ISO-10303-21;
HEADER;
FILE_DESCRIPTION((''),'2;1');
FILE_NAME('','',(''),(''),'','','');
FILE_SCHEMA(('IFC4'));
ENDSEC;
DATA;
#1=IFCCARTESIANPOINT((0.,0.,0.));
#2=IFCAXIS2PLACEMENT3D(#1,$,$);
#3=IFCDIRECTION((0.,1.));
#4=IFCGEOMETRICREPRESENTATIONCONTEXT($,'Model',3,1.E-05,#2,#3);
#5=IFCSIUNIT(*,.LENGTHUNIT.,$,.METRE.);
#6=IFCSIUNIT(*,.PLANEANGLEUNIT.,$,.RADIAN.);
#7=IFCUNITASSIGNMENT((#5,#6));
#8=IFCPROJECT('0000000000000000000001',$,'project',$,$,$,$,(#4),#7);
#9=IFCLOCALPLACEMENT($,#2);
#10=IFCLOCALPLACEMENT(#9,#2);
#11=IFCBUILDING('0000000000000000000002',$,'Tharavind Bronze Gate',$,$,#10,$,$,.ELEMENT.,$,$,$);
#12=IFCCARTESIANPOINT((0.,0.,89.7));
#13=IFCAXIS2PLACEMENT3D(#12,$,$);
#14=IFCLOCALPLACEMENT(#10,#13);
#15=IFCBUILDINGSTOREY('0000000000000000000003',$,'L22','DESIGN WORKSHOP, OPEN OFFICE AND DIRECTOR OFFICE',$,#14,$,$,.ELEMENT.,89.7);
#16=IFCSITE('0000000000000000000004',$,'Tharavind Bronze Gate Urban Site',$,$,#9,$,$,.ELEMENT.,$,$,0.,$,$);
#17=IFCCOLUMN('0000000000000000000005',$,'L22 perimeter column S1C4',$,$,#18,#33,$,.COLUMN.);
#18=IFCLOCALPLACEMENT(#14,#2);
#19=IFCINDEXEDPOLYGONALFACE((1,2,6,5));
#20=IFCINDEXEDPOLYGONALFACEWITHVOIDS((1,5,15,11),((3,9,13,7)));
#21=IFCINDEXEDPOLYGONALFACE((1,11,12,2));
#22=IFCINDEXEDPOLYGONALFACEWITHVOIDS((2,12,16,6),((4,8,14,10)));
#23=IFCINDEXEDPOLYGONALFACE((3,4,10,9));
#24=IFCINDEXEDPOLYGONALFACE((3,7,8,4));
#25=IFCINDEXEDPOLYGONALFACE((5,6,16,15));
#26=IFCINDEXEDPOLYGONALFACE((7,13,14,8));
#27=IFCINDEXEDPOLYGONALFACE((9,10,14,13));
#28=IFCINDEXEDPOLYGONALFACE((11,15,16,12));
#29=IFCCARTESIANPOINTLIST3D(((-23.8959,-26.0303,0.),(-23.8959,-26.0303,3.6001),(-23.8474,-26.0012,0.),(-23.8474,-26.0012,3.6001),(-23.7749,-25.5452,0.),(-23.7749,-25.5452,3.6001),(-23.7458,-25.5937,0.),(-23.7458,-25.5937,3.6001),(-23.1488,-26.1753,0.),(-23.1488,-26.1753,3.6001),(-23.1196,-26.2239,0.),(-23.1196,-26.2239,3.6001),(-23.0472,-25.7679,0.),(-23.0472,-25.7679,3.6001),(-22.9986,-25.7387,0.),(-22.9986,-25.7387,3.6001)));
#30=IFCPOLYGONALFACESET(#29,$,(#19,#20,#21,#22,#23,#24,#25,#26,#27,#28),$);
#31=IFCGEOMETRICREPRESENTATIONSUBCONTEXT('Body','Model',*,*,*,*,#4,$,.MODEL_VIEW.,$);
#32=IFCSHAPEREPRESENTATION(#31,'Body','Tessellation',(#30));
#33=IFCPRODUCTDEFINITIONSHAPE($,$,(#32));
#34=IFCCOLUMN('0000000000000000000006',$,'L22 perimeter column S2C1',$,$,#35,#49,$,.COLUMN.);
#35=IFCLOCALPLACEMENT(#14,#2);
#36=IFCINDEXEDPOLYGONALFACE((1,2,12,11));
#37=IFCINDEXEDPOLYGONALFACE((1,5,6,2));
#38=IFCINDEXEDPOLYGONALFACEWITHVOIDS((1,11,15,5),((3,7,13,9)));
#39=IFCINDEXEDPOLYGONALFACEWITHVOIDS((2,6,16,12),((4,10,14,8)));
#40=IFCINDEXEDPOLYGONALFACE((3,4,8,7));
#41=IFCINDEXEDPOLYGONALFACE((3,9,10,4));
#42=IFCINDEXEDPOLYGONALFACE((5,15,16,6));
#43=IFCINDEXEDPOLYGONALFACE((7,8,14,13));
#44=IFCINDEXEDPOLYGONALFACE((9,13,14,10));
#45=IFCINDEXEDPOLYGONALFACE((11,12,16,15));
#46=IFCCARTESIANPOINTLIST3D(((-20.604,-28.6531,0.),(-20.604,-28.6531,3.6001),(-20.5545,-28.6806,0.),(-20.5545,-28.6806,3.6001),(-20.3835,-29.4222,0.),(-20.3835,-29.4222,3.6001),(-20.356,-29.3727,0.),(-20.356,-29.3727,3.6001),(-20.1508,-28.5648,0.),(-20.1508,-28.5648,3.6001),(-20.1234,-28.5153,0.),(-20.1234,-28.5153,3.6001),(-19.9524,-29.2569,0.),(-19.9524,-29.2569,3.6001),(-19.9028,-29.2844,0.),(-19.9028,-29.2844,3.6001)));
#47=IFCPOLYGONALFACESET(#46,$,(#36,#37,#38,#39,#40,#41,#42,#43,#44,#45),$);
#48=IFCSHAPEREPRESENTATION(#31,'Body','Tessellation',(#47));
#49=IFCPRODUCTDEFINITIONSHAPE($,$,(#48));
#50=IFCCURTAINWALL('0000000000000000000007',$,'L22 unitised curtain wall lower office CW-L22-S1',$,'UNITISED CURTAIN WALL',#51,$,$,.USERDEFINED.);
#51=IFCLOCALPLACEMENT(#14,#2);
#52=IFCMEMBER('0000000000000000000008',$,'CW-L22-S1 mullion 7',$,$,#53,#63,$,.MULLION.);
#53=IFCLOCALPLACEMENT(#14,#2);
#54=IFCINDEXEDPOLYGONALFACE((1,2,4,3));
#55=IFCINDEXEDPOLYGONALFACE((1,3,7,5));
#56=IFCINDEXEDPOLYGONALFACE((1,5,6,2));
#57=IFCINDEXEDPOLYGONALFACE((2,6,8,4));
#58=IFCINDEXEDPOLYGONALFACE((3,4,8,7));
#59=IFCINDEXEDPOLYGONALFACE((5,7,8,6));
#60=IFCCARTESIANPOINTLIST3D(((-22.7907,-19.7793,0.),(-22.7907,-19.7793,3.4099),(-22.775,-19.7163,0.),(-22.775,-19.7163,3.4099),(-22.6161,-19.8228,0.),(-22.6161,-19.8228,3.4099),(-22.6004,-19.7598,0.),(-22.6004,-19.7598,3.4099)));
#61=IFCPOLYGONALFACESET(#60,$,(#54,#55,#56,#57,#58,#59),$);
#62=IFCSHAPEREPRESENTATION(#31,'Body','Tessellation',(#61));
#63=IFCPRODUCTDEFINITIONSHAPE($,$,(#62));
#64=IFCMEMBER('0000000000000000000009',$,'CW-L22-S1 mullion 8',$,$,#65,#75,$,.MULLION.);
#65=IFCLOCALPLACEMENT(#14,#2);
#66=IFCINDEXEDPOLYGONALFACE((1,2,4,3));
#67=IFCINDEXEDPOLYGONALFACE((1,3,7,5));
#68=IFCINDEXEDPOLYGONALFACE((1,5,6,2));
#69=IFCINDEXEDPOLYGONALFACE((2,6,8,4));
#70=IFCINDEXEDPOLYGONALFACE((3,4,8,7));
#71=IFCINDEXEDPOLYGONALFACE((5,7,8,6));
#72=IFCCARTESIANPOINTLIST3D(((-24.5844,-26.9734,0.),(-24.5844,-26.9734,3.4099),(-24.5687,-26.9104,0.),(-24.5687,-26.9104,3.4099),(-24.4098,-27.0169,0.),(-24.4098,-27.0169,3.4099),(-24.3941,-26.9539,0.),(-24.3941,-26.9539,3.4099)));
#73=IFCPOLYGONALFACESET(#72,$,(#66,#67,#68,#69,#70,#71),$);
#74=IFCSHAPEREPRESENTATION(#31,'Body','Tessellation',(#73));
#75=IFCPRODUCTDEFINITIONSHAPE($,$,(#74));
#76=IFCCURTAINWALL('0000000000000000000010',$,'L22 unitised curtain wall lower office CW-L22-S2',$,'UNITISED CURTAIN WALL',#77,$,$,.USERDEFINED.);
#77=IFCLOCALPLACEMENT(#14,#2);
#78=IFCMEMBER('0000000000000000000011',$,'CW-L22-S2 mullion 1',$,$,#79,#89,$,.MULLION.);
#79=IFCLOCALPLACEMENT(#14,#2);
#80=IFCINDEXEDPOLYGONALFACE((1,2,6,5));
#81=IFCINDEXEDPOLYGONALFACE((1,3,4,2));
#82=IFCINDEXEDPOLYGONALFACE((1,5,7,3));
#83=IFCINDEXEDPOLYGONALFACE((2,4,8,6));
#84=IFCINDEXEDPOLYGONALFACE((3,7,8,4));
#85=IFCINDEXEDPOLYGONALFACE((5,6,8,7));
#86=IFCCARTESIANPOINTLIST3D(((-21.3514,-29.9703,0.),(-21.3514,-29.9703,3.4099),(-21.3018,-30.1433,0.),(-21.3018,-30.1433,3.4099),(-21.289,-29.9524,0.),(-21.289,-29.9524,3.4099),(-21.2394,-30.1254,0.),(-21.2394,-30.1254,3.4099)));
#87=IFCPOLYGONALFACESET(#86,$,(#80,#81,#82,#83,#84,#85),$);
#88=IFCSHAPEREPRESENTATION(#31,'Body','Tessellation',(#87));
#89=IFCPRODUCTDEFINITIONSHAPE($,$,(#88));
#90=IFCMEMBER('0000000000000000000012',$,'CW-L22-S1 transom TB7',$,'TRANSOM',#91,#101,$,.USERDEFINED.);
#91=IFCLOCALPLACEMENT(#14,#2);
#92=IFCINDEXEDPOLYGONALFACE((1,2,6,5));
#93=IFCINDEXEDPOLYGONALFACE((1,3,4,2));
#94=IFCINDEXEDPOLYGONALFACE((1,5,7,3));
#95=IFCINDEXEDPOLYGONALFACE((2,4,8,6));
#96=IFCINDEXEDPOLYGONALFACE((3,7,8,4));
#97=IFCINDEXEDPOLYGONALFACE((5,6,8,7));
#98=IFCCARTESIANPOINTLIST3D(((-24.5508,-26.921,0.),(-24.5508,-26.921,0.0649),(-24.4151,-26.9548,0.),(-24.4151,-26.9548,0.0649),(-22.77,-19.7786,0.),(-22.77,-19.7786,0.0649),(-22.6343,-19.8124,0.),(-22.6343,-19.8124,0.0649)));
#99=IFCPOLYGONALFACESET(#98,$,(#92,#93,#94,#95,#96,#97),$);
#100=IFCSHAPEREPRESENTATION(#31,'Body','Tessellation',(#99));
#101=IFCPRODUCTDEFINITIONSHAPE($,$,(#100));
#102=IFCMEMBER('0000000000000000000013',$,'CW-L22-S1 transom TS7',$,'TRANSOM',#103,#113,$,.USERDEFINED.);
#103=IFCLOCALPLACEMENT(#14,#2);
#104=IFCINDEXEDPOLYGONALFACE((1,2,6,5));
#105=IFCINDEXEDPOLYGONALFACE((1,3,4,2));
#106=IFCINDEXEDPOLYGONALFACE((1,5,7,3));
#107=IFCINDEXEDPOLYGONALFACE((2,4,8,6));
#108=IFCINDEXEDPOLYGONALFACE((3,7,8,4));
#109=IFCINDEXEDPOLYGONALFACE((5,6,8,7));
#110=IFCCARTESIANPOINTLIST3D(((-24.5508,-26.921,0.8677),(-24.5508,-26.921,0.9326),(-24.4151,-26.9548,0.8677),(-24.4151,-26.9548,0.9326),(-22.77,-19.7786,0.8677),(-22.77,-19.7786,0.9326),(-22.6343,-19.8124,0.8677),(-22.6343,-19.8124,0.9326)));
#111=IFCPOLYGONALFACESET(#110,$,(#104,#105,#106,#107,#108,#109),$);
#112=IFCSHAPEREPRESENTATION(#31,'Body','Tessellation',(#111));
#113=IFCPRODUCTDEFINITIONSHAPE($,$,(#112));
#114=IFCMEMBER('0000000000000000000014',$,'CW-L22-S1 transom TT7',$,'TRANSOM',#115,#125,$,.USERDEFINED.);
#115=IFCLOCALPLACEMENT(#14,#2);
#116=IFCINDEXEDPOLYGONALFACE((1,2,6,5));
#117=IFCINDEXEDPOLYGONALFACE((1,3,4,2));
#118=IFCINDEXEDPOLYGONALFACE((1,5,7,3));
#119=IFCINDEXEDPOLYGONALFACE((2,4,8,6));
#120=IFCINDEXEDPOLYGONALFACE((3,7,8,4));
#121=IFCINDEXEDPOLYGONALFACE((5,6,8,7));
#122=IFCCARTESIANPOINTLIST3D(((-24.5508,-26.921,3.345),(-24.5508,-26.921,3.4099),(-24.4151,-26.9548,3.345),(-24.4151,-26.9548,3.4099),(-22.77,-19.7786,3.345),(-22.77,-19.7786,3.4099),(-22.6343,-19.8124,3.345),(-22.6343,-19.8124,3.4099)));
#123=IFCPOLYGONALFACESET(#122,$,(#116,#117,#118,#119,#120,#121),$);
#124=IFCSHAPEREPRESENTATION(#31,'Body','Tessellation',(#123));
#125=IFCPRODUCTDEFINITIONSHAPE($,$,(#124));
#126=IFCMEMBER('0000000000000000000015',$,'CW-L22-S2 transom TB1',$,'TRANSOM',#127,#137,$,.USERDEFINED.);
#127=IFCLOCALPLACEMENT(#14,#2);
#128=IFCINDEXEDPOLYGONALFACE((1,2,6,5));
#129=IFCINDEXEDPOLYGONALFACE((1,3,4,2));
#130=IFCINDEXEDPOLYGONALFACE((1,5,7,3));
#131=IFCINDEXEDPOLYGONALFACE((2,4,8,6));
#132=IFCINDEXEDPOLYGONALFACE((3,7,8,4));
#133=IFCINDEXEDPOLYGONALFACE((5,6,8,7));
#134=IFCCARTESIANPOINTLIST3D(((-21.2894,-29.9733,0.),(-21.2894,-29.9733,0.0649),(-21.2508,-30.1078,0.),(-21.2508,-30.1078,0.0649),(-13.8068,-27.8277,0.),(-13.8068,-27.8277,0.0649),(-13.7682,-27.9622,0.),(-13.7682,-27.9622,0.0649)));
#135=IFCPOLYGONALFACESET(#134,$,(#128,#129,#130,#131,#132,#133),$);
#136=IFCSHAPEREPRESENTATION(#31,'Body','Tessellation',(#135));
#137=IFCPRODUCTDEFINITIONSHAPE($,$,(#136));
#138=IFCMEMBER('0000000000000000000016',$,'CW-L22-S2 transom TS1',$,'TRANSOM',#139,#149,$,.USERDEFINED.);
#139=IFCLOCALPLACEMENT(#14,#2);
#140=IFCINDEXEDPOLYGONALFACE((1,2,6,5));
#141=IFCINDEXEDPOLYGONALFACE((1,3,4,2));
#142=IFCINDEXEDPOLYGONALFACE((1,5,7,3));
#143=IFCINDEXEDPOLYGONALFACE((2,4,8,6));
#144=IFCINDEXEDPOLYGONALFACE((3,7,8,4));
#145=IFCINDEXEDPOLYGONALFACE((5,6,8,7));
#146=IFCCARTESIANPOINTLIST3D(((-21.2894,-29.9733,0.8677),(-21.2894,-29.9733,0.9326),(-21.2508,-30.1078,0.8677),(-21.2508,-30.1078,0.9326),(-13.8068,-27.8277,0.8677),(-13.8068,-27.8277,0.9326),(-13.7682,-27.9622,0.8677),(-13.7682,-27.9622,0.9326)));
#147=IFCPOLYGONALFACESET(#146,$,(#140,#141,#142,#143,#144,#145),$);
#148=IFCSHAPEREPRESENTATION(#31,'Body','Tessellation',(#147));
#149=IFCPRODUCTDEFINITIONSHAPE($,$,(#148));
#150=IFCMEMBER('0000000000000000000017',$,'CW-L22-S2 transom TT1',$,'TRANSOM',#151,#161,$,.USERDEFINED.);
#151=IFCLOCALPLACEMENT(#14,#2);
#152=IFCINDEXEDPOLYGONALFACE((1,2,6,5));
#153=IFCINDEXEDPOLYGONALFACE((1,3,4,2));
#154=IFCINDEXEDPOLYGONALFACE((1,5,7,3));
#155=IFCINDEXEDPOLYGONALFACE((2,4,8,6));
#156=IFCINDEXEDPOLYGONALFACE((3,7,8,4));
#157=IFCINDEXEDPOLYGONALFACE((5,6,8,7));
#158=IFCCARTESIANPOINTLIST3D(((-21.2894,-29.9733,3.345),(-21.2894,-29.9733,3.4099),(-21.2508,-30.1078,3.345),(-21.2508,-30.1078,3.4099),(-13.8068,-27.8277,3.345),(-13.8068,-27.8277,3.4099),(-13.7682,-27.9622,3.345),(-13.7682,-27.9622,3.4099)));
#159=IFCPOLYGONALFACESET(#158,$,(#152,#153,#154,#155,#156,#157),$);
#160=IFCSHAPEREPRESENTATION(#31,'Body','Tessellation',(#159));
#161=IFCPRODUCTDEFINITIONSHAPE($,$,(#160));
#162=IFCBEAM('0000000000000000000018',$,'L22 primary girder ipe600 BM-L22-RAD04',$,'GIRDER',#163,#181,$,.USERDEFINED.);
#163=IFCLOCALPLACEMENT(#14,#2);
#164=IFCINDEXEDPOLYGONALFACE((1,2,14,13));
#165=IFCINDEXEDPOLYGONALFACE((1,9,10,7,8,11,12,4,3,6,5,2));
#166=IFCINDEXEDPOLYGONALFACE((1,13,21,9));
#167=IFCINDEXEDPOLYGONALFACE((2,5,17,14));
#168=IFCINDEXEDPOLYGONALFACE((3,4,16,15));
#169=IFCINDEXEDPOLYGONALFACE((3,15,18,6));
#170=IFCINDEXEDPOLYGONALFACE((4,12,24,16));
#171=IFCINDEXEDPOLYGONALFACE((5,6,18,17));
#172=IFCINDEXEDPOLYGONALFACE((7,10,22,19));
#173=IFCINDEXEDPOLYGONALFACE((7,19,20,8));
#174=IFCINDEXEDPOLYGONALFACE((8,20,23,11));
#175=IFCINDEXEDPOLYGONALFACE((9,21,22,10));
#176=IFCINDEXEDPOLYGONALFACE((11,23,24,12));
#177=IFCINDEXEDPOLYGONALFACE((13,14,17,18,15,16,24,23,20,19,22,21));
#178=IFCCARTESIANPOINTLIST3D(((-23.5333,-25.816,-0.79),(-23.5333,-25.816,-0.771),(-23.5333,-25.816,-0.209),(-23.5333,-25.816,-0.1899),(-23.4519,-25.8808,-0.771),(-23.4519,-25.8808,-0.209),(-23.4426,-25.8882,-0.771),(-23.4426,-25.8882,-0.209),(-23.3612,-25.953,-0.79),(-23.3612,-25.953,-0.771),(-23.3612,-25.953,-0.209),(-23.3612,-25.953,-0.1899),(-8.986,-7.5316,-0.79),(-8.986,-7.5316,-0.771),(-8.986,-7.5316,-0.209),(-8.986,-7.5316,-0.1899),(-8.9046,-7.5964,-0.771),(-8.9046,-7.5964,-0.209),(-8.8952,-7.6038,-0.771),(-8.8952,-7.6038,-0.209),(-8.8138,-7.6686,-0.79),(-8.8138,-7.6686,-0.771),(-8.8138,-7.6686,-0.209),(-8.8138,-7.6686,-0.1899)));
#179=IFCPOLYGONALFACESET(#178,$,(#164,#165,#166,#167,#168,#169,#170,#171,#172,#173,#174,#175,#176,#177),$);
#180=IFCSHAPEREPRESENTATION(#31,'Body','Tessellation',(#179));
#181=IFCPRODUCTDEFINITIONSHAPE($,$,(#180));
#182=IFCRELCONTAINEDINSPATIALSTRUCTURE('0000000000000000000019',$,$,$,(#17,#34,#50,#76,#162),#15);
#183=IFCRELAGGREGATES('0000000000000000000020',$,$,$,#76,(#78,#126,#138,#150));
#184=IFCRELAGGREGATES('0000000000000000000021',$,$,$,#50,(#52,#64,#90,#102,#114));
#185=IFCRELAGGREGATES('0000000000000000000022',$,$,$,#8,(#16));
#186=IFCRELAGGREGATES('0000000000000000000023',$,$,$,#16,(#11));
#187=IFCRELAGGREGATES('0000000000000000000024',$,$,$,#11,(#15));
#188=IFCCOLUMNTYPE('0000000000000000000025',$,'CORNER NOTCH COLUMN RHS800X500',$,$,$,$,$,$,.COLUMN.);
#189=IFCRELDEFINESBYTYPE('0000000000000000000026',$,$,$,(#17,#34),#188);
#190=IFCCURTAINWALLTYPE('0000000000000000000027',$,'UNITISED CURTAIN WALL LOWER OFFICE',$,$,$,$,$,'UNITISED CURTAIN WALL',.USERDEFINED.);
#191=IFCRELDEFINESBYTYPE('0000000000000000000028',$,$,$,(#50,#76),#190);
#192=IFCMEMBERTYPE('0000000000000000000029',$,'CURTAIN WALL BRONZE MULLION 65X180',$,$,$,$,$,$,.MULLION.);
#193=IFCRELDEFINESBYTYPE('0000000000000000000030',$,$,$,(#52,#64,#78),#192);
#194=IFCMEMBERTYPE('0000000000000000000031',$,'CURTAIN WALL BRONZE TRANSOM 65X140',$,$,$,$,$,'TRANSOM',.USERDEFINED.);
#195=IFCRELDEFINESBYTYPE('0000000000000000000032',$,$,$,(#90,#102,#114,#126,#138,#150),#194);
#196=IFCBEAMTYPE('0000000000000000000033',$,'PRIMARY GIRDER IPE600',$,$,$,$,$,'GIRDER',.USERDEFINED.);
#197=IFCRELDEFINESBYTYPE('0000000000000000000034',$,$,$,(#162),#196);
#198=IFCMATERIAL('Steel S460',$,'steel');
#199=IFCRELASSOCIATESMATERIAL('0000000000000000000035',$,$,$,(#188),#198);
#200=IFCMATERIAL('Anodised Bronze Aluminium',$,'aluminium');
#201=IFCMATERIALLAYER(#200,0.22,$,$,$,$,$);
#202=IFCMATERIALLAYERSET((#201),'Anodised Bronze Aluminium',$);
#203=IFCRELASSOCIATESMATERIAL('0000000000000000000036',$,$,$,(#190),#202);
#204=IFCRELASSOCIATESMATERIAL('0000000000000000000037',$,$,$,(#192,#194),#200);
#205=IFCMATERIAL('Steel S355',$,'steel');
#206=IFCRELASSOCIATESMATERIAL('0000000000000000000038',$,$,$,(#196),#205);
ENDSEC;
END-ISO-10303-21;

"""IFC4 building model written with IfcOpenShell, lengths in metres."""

from ifc_helpers import new_model, si_unit, direction, frame, origin, origin_2d, place, context, subcontext, project, spatial, rectangle, hollow_rectangle, i_section, extrude, material, layer, layer_set, material_profile, profile_set, type_object, element, aggregate, save


model = new_model("IFC4")

# Units and contexts
model_context = context("Model", 3, precision=1e-05, world=origin(), true_north=direction((0.0, 1.0)))
body_context = subcontext(model_context, "Body", "Model", "MODEL_VIEW")
ifc_project = project(units=[si_unit("LENGTHUNIT", "METRE"), si_unit("PLANEANGLEUNIT", "RADIAN")], contexts=[model_context])

# Site, building, storey
site_placement = place(None, origin())
site = spatial("IfcSite", under=ifc_project, at=site_placement, Name="Tharavind Bronze Gate Urban Site", CompositionType="ELEMENT", RefElevation=0.0)
building_placement = place(site_placement, origin())
building = spatial("IfcBuilding", under=site, at=building_placement, Name="Tharavind Bronze Gate", CompositionType="ELEMENT")
storey_placement = place(building_placement, frame((0.0, 0.0, 89.7)))
storey = spatial("IfcBuildingStorey", under=building, at=storey_placement, Name="L22", Description="DESIGN WORKSHOP, OPEN OFFICE AND DIRECTOR OFFICE", CompositionType="ELEMENT", Elevation=89.7)

# Columns
ifc_material_1 = material(Name="Steel S460", Category="steel")
ifc_material_profile_1 = material_profile(ifc_material_1, hollow_rectangle(XDim=0.5, YDim=0.8, WallThickness=0.04, at=origin_2d()), Name="RHS800X500X40")
ifc_profile_set_1 = profile_set([ifc_material_profile_1], Name="Steel S460")
column_type = type_object("IfcColumnType", Name="CORNER NOTCH COLUMN RHS800X500", PredefinedType="COLUMN", material=ifc_profile_set_1)
for number, where, z_axis, x_axis, name in (
    (1, (-23.4473, -25.8845, 0.0), (0.0, 0.0, 1.0), (0.241922, 0.970296, 0.0), "L22 perimeter column S1C4"),
    (2, (-20.2534, -28.9688, 0.0), (0.0, 0.0, 1.0), (0.961262, 0.275637, 0.0), "L22 perimeter column S2C1"),
):
    element("IfcColumn", number, at=place(storey_placement, frame(where, z_axis=z_axis, x_axis=x_axis)), inside=storey, type_object=column_type, Name=name, PredefinedType="COLUMN", context=body_context, shape_type="SweptSolid", body=[
        extrude(hollow_rectangle(XDim=0.5, YDim=0.8, WallThickness=0.04, at=origin_2d()), origin(), (0.0, 0.0, 1.0), 3.6001),
    ])

# Curtain wall, members
ifc_material_2 = material(Name="Anodised Bronze Aluminium", Category="aluminium")
ifc_layer_1 = layer(ifc_material_2, 0.22)
ifc_layer_set_1 = layer_set([ifc_layer_1], Name="Anodised Bronze Aluminium")
curtain_wall_type = type_object("IfcCurtainWallType", Name="UNITISED CURTAIN WALL LOWER OFFICE", ElementType="UNITISED CURTAIN WALL", PredefinedType="USERDEFINED", material=ifc_layer_set_1)
curtain_wall_1_placement = place(storey_placement, origin())
curtain_wall_1 = element("IfcCurtainWall", 3, at=curtain_wall_1_placement, inside=storey, type_object=curtain_wall_type, Name="L22 unitised curtain wall lower office CW-L22-S1", ObjectType="UNITISED CURTAIN WALL", PredefinedType="USERDEFINED")
member_type_1 = type_object("IfcMemberType", Name="CURTAIN WALL BRONZE MULLION 65X180", PredefinedType="MULLION", material=ifc_material_2)
member_1_placement = place(storey_placement, frame((-22.6956, -19.7695, 0.0), z_axis=(0.0, 0.0, 1.0), x_axis=(-0.241922, -0.970296, 0.0)))
member_1 = element("IfcMember", 4, at=member_1_placement, type_object=member_type_1, Name="CW-L22-S1 mullion 7", PredefinedType="MULLION", context=body_context, shape_type="SweptSolid", body=[
    extrude(rectangle(XDim=0.0649, YDim=0.1799, at=origin_2d()), origin(), (0.0, 0.0, 1.0), 3.4099),
])
member_2_placement = place(storey_placement, frame((-24.4893, -26.9636, 0.0), z_axis=(0.0, 0.0, 1.0), x_axis=(-0.241922, -0.970296, 0.0)))
member_2 = element("IfcMember", 5, at=member_2_placement, type_object=member_type_1, Name="CW-L22-S1 mullion 8", PredefinedType="MULLION", context=body_context, shape_type="SweptSolid", body=[
    extrude(rectangle(XDim=0.0649, YDim=0.1799, at=origin_2d()), origin(), (0.0, 0.0, 1.0), 3.4099),
])

# Curtain wall, member
curtain_wall_2_placement = place(storey_placement, origin())
curtain_wall_2 = element("IfcCurtainWall", 6, at=curtain_wall_2_placement, inside=storey, type_object=curtain_wall_type, Name="L22 unitised curtain wall lower office CW-L22-S2", ObjectType="UNITISED CURTAIN WALL", PredefinedType="USERDEFINED")
member_3_placement = place(storey_placement, frame((-21.2954, -30.0479, 0.0), z_axis=(0.0, 0.0, 1.0), x_axis=(0.961262, 0.275637, 0.0)))
member_3 = element("IfcMember", 7, at=member_3_placement, type_object=member_type_1, Name="CW-L22-S2 mullion 1", PredefinedType="MULLION", context=body_context, shape_type="SweptSolid", body=[
    extrude(rectangle(XDim=0.0649, YDim=0.1799, at=origin_2d()), origin(), (0.0, 0.0, 1.0), 3.4099),
])

# Members
member_type_2 = type_object("IfcMemberType", Name="CURTAIN WALL BRONZE TRANSOM 65X140", ElementType="TRANSOM", PredefinedType="USERDEFINED", material=ifc_material_2)
member_4_placement = place(storey_placement, frame((-23.5925, -23.3667, 0.0), z_axis=(0.0, 0.0, 1.0), x_axis=(-0.241922, -0.970296, 0.0)))
member_4 = element("IfcMember", 8, at=member_4_placement, type_object=member_type_2, Name="CW-L22-S1 transom TB7", ObjectType="TRANSOM", PredefinedType="USERDEFINED", context=body_context, shape_type="SweptSolid", body=[
    extrude(rectangle(XDim=7.3611, YDim=0.1399, at=origin_2d()), origin(), (0.0, 0.0, 1.0), 0.0649),
])
member_5_placement = place(storey_placement, frame((-23.5925, -23.3667, 0.8677), z_axis=(0.0, 0.0, 1.0), x_axis=(-0.241922, -0.970296, 0.0)))
member_5 = element("IfcMember", 9, at=member_5_placement, type_object=member_type_2, Name="CW-L22-S1 transom TS7", ObjectType="TRANSOM", PredefinedType="USERDEFINED", context=body_context, shape_type="SweptSolid", body=[
    extrude(rectangle(XDim=7.3611, YDim=0.1399, at=origin_2d()), origin(), (0.0, 0.0, 1.0), 0.0649),
])
member_6_placement = place(storey_placement, frame((-23.5925, -23.3667, 3.345), z_axis=(0.0, 0.0, 1.0), x_axis=(-0.241922, -0.970296, 0.0)))
member_6 = element("IfcMember", 10, at=member_6_placement, type_object=member_type_2, Name="CW-L22-S1 transom TT7", ObjectType="TRANSOM", PredefinedType="USERDEFINED", context=body_context, shape_type="SweptSolid", body=[
    extrude(rectangle(XDim=7.3611, YDim=0.1399, at=origin_2d()), origin(), (0.0, 0.0, 1.0), 0.0649),
])
member_7_placement = place(storey_placement, frame((-17.5288, -28.9678, 0.0), z_axis=(0.0, 0.0, 1.0), x_axis=(0.961262, 0.275637, 0.0)))
member_7 = element("IfcMember", 11, at=member_7_placement, type_object=member_type_2, Name="CW-L22-S2 transom TB1", ObjectType="TRANSOM", PredefinedType="USERDEFINED", context=body_context, shape_type="SweptSolid", body=[
    extrude(rectangle(XDim=7.7842, YDim=0.1399, at=origin_2d()), origin(), (0.0, 0.0, 1.0), 0.0649),
])
member_8_placement = place(storey_placement, frame((-17.5288, -28.9678, 0.8677), z_axis=(0.0, 0.0, 1.0), x_axis=(0.961262, 0.275637, 0.0)))
member_8 = element("IfcMember", 12, at=member_8_placement, type_object=member_type_2, Name="CW-L22-S2 transom TS1", ObjectType="TRANSOM", PredefinedType="USERDEFINED", context=body_context, shape_type="SweptSolid", body=[
    extrude(rectangle(XDim=7.7842, YDim=0.1399, at=origin_2d()), origin(), (0.0, 0.0, 1.0), 0.0649),
])
member_9_placement = place(storey_placement, frame((-17.5288, -28.9678, 3.345), z_axis=(0.0, 0.0, 1.0), x_axis=(0.961262, 0.275637, 0.0)))
member_9 = element("IfcMember", 13, at=member_9_placement, type_object=member_type_2, Name="CW-L22-S2 transom TT1", ObjectType="TRANSOM", PredefinedType="USERDEFINED", context=body_context, shape_type="SweptSolid", body=[
    extrude(rectangle(XDim=7.7842, YDim=0.1399, at=origin_2d()), origin(), (0.0, 0.0, 1.0), 0.0649),
])
aggregate(curtain_wall_2, [member_3, member_7, member_8, member_9])

# Beam
ifc_material_3 = material(Name="Steel S355", Category="steel")
ifc_material_profile_2 = material_profile(ifc_material_3, i_section(OverallWidth=0.22, OverallDepth=0.6001, WebThickness=0.012, FlangeThickness=0.019, at=origin_2d()), Name="IPE600")
ifc_profile_set_2 = profile_set([ifc_material_profile_2], Name="Steel S355")
beam_type_1 = type_object("IfcBeamType", Name="PRIMARY GIRDER IPE600", ElementType="GIRDER", PredefinedType="USERDEFINED", material=ifc_profile_set_2)
beam_1_placement = place(storey_placement, frame((-23.4473, -25.8845, -0.49), z_axis=(0.622601, 0.78254, 0.0), x_axis=(-0.78254, 0.622601, 0.0)))
element("IfcBeam", 14, at=beam_1_placement, inside=storey, type_object=beam_type_1, Name="L22 primary girder ipe600 BM-L22-RAD04", ObjectType="GIRDER", PredefinedType="USERDEFINED", context=body_context, shape_type="SweptSolid", body=[
    extrude(i_section(OverallWidth=0.22, OverallDepth=0.6001, WebThickness=0.012, FlangeThickness=0.019, at=origin_2d()), origin(), (0.0, 0.0, 1.0), 23.3655),
])

aggregate(curtain_wall_1, [member_1, member_2, member_4, member_5, member_6])

save(model, "model.ifc")
